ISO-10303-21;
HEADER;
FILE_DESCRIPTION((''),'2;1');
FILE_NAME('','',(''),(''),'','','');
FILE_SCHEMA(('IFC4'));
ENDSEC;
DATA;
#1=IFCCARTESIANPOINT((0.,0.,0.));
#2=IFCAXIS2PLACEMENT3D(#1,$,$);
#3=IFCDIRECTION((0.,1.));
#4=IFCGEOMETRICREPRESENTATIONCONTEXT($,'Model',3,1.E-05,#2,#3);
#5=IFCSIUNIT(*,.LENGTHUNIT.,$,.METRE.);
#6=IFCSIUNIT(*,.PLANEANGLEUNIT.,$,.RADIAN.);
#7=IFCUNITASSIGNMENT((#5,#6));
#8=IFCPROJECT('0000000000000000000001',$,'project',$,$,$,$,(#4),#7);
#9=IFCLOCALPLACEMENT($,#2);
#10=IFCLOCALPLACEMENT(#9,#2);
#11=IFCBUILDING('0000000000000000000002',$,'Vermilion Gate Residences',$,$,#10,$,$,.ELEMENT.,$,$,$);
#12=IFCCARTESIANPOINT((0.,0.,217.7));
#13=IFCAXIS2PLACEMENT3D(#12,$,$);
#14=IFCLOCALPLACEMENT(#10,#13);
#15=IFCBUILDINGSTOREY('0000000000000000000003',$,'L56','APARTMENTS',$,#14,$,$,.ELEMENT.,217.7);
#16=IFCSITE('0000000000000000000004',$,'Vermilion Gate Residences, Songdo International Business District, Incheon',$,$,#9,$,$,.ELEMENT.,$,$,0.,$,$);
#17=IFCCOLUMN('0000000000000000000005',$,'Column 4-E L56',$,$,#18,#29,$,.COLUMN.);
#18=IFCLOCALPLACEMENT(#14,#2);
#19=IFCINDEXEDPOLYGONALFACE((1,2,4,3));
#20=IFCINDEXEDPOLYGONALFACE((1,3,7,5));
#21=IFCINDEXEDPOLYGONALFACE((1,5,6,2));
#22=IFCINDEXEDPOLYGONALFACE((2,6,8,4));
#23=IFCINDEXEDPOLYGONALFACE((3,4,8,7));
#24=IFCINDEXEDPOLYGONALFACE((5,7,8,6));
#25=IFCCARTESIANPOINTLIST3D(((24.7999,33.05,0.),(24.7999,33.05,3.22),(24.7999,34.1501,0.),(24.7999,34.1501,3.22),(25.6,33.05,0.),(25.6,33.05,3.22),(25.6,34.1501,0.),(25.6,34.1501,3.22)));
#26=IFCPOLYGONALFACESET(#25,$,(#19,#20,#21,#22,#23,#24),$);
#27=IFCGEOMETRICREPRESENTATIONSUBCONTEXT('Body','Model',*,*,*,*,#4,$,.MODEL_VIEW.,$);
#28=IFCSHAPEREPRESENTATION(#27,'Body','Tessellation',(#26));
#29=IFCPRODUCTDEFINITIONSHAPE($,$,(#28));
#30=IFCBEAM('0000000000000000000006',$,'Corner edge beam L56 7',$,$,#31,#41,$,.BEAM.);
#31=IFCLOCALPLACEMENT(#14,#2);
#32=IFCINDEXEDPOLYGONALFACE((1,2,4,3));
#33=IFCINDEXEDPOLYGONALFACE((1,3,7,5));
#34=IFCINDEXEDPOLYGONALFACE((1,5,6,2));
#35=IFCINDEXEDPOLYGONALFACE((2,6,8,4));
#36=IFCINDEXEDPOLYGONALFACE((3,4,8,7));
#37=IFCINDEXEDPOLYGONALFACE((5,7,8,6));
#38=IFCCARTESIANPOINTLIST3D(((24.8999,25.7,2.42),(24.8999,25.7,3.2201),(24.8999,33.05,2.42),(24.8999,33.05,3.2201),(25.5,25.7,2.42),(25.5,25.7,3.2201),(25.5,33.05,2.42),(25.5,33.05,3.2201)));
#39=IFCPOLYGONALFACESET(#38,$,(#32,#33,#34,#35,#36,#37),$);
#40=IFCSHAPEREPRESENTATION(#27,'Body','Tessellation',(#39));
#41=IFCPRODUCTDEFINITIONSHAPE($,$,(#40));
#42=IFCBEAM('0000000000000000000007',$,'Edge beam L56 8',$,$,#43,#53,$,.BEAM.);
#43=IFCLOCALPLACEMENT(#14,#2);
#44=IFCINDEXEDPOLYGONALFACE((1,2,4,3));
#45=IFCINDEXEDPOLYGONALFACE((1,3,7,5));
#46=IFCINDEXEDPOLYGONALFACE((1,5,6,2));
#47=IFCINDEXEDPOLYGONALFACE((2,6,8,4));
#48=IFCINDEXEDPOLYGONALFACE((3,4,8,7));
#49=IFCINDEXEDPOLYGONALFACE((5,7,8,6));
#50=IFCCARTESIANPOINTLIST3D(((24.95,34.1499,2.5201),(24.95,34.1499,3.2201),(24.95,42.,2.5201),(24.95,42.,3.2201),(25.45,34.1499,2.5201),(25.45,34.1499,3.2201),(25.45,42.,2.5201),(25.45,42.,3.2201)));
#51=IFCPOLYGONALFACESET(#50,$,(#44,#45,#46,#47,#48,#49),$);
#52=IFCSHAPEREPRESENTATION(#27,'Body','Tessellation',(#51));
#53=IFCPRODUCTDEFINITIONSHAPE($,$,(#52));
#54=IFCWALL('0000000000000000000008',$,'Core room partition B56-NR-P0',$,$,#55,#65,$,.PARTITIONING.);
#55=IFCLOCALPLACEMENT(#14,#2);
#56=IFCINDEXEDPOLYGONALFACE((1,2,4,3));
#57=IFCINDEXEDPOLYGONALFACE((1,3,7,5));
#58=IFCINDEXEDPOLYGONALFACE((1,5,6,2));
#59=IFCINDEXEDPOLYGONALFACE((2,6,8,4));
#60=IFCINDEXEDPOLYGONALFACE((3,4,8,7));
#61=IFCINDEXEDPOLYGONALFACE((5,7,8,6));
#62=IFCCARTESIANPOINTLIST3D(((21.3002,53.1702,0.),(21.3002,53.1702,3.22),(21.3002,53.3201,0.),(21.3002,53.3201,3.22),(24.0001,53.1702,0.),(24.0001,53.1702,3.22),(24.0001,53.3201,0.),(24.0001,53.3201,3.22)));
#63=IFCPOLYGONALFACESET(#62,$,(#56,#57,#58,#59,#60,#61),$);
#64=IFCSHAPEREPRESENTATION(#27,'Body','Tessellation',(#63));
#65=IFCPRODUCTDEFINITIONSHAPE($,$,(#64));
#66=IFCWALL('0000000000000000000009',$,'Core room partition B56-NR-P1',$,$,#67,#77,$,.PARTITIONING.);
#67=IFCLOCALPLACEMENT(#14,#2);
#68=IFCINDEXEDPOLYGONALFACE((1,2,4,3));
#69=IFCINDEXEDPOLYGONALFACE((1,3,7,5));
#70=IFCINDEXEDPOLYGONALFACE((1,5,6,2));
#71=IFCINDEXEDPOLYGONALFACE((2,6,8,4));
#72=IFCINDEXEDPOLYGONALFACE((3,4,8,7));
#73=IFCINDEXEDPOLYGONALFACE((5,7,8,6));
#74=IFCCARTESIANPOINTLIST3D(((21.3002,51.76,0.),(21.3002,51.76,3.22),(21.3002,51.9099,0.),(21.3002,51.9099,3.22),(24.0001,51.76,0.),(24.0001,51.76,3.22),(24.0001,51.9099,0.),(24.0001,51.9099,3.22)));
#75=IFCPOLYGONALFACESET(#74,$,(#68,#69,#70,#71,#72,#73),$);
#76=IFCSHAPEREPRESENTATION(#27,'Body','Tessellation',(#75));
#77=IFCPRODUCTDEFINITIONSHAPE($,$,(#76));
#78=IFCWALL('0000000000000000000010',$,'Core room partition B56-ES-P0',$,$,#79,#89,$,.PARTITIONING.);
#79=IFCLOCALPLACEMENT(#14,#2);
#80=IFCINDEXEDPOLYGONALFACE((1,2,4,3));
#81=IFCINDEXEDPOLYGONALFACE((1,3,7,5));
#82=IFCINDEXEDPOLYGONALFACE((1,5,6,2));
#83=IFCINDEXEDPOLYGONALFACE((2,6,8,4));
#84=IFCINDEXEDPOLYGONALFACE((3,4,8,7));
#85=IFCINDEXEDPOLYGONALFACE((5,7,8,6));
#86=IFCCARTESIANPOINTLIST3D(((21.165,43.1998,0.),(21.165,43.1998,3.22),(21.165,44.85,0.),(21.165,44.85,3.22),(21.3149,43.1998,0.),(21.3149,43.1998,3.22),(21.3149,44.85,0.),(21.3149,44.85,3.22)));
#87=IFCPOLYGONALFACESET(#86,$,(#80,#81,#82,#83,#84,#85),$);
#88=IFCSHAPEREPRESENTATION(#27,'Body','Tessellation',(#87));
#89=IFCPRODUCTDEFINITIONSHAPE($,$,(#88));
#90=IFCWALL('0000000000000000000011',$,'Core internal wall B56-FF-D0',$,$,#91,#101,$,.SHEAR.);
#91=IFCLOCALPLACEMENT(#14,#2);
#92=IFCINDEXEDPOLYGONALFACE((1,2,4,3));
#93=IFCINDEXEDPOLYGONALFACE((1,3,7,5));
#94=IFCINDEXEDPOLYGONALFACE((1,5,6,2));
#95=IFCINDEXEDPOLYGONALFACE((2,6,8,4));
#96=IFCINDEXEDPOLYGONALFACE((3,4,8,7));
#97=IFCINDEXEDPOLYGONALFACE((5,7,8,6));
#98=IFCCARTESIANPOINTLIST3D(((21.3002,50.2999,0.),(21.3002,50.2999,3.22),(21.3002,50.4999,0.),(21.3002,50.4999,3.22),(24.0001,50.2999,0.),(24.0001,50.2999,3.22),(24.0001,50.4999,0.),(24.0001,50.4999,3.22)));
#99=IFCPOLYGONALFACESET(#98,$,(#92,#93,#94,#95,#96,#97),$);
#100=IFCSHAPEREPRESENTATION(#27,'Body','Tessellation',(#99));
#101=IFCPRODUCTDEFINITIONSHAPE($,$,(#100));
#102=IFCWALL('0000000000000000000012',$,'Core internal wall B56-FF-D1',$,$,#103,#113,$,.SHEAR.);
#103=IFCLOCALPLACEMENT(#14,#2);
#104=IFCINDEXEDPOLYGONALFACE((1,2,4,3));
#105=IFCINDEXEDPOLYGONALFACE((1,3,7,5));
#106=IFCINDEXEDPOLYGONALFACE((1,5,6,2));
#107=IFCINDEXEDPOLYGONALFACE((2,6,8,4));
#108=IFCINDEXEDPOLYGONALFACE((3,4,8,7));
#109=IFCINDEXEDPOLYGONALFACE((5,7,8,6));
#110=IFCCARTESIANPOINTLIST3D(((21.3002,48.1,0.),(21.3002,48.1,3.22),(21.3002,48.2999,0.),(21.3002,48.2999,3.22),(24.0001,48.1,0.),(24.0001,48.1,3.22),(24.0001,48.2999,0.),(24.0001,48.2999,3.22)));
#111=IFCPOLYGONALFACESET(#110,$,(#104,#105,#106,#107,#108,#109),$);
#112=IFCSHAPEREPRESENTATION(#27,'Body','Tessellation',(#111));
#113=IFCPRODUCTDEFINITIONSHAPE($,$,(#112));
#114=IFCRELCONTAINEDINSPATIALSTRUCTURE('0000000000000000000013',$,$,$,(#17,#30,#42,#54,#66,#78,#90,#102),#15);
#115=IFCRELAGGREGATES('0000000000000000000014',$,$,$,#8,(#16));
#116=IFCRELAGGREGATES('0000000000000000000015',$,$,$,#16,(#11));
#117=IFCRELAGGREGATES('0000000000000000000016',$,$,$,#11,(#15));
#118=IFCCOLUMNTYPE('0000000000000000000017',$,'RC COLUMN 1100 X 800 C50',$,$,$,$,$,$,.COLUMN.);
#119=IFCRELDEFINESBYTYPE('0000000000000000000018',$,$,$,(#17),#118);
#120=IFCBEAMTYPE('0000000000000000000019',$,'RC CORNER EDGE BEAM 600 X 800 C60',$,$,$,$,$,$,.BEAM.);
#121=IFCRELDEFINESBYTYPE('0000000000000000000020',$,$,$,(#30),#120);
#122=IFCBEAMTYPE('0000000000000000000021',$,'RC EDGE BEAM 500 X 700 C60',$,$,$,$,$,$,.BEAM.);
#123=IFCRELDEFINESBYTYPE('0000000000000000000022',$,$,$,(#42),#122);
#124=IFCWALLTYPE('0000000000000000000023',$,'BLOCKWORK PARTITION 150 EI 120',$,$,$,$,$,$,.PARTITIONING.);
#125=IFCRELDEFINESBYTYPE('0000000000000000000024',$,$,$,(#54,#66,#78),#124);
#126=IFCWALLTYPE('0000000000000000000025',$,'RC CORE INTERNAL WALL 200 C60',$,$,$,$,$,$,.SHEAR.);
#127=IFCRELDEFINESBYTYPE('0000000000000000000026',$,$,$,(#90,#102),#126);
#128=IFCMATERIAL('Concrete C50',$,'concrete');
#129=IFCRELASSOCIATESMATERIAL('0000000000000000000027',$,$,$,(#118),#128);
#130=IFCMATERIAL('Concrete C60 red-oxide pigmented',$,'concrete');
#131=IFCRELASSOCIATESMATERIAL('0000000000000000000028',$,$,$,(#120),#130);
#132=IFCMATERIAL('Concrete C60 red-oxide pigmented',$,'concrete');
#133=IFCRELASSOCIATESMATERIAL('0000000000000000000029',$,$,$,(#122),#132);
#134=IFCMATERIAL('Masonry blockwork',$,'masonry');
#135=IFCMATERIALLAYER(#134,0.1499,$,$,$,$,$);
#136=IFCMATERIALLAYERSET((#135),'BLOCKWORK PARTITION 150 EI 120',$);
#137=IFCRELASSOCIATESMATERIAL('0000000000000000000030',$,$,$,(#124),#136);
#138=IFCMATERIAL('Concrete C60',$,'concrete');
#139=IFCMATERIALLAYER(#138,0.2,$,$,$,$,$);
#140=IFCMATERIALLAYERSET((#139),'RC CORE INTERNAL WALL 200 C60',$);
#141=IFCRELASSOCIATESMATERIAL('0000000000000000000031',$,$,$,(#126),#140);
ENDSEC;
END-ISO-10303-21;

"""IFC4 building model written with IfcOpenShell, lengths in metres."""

from ifc_helpers import new_model, si_unit, direction, frame, frame_2d, origin, origin_2d, place, context, subcontext, project, spatial, rectangle, extrude, material, layer, layer_set, material_profile, profile_set, type_object, element, save


model = new_model("IFC4")

# Units and contexts
model_context = context("Model", 3, precision=1e-05, world=origin(), true_north=direction((0.0, 1.0)))
body_context = subcontext(model_context, "Body", "Model", "MODEL_VIEW")
ifc_project = project(units=[si_unit("LENGTHUNIT", "METRE"), si_unit("PLANEANGLEUNIT", "RADIAN")], contexts=[model_context])

# Site, building, storey
site_placement = place(None, origin())
site = spatial("IfcSite", under=ifc_project, at=site_placement, Name="Vermilion Gate Residences, Songdo International Business District, Incheon", CompositionType="ELEMENT", RefElevation=0.0)
building_placement = place(site_placement, origin())
building = spatial("IfcBuilding", under=site, at=building_placement, Name="Vermilion Gate Residences", CompositionType="ELEMENT")
storey_placement = place(building_placement, frame((0.0, 0.0, 217.7)))
storey = spatial("IfcBuildingStorey", under=building, at=storey_placement, Name="L56", Description="APARTMENTS", CompositionType="ELEMENT", Elevation=217.7)

# Column
ifc_material_1 = material(Name="Concrete C50", Category="concrete")
ifc_material_profile_1 = material_profile(ifc_material_1, rectangle(XDim=1.1001, YDim=0.8, at=origin_2d()), Name="RC-1100x800")
ifc_profile_set_1 = profile_set([ifc_material_profile_1], Name="Concrete C50")
column_type = type_object("IfcColumnType", Name="RC COLUMN 1100 X 800 C50", PredefinedType="COLUMN", material=ifc_profile_set_1)
column_placement = place(storey_placement, frame((25.2, 33.6001, 0.0), z_axis=(0.0, 0.0, 1.0), x_axis=(0.0, 1.0, 0.0)))
element("IfcColumn", 1, at=column_placement, inside=storey, type_object=column_type, Name="Column 4-E L56", PredefinedType="COLUMN", context=body_context, shape_type="SweptSolid", body=[
    extrude(rectangle(XDim=1.1001, YDim=0.8, at=origin_2d()), origin(), (0.0, 0.0, 1.0), 3.22),
])

# Beams
ifc_material_2 = material(Name="Concrete C60 red-oxide pigmented", Category="concrete")
ifc_material_profile_2 = material_profile(ifc_material_2, rectangle(XDim=0.6001, YDim=0.8, at=origin_2d()), Name="RC-600x800")
ifc_profile_set_2 = profile_set([ifc_material_profile_2], Name="Concrete C60 red-oxide pigmented")
beam_type_1 = type_object("IfcBeamType", Name="RC CORNER EDGE BEAM 600 X 800 C60", PredefinedType="BEAM", material=ifc_profile_set_2)
beam_1_placement = place(storey_placement, frame((25.2, 25.7, 2.8201), z_axis=(0.0, 1.0, 0.0), x_axis=(-1.0, 0.0, 0.0)))
element("IfcBeam", 2, at=beam_1_placement, inside=storey, type_object=beam_type_1, Name="Corner edge beam L56 7", PredefinedType="BEAM", context=body_context, shape_type="SweptSolid", body=[
    extrude(rectangle(XDim=0.6001, YDim=0.8, at=origin_2d()), origin(), (0.0, 0.0, 1.0), 7.3501),
])
ifc_material_3 = material(Name="Concrete C60 red-oxide pigmented", Category="concrete")
ifc_material_profile_3 = material_profile(ifc_material_3, rectangle(XDim=0.5, YDim=0.7, at=origin_2d()), Name="RC-500x700")
ifc_profile_set_3 = profile_set([ifc_material_profile_3], Name="Concrete C60 red-oxide pigmented")
beam_type_2 = type_object("IfcBeamType", Name="RC EDGE BEAM 500 X 700 C60", PredefinedType="BEAM", material=ifc_profile_set_3)
beam_2_placement = place(storey_placement, frame((25.2, 34.1499, 2.8701), z_axis=(0.0, 1.0, 0.0), x_axis=(-1.0, 0.0, 0.0)))
element("IfcBeam", 3, at=beam_2_placement, inside=storey, type_object=beam_type_2, Name="Edge beam L56 8", PredefinedType="BEAM", context=body_context, shape_type="SweptSolid", body=[
    extrude(rectangle(XDim=0.5, YDim=0.7, at=origin_2d()), origin(), (0.0, 0.0, 1.0), 7.8501),
])

# Walls
ifc_material_4 = material(Name="Masonry blockwork", Category="masonry")
ifc_layer_1 = layer(ifc_material_4, 0.1499)
ifc_layer_set_1 = layer_set([ifc_layer_1], Name="BLOCKWORK PARTITION 150 EI 120")
wall_type_1 = type_object("IfcWallType", Name="BLOCKWORK PARTITION 150 EI 120", PredefinedType="PARTITIONING", material=ifc_layer_set_1)
for number, where, z_axis, x_axis, name in (
    (4, (21.3, 53.2451, 0.0), (0.0, 0.0, 1.0), (1.0, 0.0, 0.0), "Core room partition B56-NR-P0"),
    (5, (21.3, 51.835, 0.0), (0.0, 0.0, 1.0), (1.0, 0.0, 0.0), "Core room partition B56-NR-P1"),
):
    element("IfcWall", number, at=place(storey_placement, frame(where, z_axis=z_axis, x_axis=x_axis)), inside=storey, type_object=wall_type_1, Name=name, PredefinedType="PARTITIONING", context=body_context, shape_type="SweptSolid", body=[
        extrude(rectangle(XDim=2.7, YDim=0.1499, at=frame_2d((1.3501, 0.0))), origin(), (0.0, 0.0, 1.0), 3.22),
    ])
wall_1_placement = place(storey_placement, frame((21.24, 44.8501, 0.0), z_axis=(0.0, 0.0, 1.0), x_axis=(0.0, -1.0, 0.0)))
element("IfcWall", 6, at=wall_1_placement, inside=storey, type_object=wall_type_1, Name="Core room partition B56-ES-P0", PredefinedType="PARTITIONING", context=body_context, shape_type="SweptSolid", body=[
    extrude(rectangle(XDim=1.6501, YDim=0.1499, at=frame_2d((0.8252, 0.0))), origin(), (0.0, 0.0, 1.0), 3.22),
])
ifc_material_5 = material(Name="Concrete C60", Category="concrete")
ifc_layer_2 = layer(ifc_material_5, 0.2)
ifc_layer_set_2 = layer_set([ifc_layer_2], Name="RC CORE INTERNAL WALL 200 C60")
wall_type_2 = type_object("IfcWallType", Name="RC CORE INTERNAL WALL 200 C60", PredefinedType="SHEAR", material=ifc_layer_set_2)
for number, where, z_axis, x_axis, name in (
    (7, (21.3, 50.3999, 0.0), (0.0, 0.0, 1.0), (1.0, 0.0, 0.0), "Core internal wall B56-FF-D0"),
    (8, (21.3, 48.2, 0.0), (0.0, 0.0, 1.0), (1.0, 0.0, 0.0), "Core internal wall B56-FF-D1"),
):
    element("IfcWall", number, at=place(storey_placement, frame(where, z_axis=z_axis, x_axis=x_axis)), inside=storey, type_object=wall_type_2, Name=name, PredefinedType="SHEAR", context=body_context, shape_type="SweptSolid", body=[
        extrude(rectangle(XDim=2.7, YDim=0.2, at=frame_2d((1.3501, 0.0))), origin(), (0.0, 0.0, 1.0), 3.22),
    ])

save(model, "model.ifc")
